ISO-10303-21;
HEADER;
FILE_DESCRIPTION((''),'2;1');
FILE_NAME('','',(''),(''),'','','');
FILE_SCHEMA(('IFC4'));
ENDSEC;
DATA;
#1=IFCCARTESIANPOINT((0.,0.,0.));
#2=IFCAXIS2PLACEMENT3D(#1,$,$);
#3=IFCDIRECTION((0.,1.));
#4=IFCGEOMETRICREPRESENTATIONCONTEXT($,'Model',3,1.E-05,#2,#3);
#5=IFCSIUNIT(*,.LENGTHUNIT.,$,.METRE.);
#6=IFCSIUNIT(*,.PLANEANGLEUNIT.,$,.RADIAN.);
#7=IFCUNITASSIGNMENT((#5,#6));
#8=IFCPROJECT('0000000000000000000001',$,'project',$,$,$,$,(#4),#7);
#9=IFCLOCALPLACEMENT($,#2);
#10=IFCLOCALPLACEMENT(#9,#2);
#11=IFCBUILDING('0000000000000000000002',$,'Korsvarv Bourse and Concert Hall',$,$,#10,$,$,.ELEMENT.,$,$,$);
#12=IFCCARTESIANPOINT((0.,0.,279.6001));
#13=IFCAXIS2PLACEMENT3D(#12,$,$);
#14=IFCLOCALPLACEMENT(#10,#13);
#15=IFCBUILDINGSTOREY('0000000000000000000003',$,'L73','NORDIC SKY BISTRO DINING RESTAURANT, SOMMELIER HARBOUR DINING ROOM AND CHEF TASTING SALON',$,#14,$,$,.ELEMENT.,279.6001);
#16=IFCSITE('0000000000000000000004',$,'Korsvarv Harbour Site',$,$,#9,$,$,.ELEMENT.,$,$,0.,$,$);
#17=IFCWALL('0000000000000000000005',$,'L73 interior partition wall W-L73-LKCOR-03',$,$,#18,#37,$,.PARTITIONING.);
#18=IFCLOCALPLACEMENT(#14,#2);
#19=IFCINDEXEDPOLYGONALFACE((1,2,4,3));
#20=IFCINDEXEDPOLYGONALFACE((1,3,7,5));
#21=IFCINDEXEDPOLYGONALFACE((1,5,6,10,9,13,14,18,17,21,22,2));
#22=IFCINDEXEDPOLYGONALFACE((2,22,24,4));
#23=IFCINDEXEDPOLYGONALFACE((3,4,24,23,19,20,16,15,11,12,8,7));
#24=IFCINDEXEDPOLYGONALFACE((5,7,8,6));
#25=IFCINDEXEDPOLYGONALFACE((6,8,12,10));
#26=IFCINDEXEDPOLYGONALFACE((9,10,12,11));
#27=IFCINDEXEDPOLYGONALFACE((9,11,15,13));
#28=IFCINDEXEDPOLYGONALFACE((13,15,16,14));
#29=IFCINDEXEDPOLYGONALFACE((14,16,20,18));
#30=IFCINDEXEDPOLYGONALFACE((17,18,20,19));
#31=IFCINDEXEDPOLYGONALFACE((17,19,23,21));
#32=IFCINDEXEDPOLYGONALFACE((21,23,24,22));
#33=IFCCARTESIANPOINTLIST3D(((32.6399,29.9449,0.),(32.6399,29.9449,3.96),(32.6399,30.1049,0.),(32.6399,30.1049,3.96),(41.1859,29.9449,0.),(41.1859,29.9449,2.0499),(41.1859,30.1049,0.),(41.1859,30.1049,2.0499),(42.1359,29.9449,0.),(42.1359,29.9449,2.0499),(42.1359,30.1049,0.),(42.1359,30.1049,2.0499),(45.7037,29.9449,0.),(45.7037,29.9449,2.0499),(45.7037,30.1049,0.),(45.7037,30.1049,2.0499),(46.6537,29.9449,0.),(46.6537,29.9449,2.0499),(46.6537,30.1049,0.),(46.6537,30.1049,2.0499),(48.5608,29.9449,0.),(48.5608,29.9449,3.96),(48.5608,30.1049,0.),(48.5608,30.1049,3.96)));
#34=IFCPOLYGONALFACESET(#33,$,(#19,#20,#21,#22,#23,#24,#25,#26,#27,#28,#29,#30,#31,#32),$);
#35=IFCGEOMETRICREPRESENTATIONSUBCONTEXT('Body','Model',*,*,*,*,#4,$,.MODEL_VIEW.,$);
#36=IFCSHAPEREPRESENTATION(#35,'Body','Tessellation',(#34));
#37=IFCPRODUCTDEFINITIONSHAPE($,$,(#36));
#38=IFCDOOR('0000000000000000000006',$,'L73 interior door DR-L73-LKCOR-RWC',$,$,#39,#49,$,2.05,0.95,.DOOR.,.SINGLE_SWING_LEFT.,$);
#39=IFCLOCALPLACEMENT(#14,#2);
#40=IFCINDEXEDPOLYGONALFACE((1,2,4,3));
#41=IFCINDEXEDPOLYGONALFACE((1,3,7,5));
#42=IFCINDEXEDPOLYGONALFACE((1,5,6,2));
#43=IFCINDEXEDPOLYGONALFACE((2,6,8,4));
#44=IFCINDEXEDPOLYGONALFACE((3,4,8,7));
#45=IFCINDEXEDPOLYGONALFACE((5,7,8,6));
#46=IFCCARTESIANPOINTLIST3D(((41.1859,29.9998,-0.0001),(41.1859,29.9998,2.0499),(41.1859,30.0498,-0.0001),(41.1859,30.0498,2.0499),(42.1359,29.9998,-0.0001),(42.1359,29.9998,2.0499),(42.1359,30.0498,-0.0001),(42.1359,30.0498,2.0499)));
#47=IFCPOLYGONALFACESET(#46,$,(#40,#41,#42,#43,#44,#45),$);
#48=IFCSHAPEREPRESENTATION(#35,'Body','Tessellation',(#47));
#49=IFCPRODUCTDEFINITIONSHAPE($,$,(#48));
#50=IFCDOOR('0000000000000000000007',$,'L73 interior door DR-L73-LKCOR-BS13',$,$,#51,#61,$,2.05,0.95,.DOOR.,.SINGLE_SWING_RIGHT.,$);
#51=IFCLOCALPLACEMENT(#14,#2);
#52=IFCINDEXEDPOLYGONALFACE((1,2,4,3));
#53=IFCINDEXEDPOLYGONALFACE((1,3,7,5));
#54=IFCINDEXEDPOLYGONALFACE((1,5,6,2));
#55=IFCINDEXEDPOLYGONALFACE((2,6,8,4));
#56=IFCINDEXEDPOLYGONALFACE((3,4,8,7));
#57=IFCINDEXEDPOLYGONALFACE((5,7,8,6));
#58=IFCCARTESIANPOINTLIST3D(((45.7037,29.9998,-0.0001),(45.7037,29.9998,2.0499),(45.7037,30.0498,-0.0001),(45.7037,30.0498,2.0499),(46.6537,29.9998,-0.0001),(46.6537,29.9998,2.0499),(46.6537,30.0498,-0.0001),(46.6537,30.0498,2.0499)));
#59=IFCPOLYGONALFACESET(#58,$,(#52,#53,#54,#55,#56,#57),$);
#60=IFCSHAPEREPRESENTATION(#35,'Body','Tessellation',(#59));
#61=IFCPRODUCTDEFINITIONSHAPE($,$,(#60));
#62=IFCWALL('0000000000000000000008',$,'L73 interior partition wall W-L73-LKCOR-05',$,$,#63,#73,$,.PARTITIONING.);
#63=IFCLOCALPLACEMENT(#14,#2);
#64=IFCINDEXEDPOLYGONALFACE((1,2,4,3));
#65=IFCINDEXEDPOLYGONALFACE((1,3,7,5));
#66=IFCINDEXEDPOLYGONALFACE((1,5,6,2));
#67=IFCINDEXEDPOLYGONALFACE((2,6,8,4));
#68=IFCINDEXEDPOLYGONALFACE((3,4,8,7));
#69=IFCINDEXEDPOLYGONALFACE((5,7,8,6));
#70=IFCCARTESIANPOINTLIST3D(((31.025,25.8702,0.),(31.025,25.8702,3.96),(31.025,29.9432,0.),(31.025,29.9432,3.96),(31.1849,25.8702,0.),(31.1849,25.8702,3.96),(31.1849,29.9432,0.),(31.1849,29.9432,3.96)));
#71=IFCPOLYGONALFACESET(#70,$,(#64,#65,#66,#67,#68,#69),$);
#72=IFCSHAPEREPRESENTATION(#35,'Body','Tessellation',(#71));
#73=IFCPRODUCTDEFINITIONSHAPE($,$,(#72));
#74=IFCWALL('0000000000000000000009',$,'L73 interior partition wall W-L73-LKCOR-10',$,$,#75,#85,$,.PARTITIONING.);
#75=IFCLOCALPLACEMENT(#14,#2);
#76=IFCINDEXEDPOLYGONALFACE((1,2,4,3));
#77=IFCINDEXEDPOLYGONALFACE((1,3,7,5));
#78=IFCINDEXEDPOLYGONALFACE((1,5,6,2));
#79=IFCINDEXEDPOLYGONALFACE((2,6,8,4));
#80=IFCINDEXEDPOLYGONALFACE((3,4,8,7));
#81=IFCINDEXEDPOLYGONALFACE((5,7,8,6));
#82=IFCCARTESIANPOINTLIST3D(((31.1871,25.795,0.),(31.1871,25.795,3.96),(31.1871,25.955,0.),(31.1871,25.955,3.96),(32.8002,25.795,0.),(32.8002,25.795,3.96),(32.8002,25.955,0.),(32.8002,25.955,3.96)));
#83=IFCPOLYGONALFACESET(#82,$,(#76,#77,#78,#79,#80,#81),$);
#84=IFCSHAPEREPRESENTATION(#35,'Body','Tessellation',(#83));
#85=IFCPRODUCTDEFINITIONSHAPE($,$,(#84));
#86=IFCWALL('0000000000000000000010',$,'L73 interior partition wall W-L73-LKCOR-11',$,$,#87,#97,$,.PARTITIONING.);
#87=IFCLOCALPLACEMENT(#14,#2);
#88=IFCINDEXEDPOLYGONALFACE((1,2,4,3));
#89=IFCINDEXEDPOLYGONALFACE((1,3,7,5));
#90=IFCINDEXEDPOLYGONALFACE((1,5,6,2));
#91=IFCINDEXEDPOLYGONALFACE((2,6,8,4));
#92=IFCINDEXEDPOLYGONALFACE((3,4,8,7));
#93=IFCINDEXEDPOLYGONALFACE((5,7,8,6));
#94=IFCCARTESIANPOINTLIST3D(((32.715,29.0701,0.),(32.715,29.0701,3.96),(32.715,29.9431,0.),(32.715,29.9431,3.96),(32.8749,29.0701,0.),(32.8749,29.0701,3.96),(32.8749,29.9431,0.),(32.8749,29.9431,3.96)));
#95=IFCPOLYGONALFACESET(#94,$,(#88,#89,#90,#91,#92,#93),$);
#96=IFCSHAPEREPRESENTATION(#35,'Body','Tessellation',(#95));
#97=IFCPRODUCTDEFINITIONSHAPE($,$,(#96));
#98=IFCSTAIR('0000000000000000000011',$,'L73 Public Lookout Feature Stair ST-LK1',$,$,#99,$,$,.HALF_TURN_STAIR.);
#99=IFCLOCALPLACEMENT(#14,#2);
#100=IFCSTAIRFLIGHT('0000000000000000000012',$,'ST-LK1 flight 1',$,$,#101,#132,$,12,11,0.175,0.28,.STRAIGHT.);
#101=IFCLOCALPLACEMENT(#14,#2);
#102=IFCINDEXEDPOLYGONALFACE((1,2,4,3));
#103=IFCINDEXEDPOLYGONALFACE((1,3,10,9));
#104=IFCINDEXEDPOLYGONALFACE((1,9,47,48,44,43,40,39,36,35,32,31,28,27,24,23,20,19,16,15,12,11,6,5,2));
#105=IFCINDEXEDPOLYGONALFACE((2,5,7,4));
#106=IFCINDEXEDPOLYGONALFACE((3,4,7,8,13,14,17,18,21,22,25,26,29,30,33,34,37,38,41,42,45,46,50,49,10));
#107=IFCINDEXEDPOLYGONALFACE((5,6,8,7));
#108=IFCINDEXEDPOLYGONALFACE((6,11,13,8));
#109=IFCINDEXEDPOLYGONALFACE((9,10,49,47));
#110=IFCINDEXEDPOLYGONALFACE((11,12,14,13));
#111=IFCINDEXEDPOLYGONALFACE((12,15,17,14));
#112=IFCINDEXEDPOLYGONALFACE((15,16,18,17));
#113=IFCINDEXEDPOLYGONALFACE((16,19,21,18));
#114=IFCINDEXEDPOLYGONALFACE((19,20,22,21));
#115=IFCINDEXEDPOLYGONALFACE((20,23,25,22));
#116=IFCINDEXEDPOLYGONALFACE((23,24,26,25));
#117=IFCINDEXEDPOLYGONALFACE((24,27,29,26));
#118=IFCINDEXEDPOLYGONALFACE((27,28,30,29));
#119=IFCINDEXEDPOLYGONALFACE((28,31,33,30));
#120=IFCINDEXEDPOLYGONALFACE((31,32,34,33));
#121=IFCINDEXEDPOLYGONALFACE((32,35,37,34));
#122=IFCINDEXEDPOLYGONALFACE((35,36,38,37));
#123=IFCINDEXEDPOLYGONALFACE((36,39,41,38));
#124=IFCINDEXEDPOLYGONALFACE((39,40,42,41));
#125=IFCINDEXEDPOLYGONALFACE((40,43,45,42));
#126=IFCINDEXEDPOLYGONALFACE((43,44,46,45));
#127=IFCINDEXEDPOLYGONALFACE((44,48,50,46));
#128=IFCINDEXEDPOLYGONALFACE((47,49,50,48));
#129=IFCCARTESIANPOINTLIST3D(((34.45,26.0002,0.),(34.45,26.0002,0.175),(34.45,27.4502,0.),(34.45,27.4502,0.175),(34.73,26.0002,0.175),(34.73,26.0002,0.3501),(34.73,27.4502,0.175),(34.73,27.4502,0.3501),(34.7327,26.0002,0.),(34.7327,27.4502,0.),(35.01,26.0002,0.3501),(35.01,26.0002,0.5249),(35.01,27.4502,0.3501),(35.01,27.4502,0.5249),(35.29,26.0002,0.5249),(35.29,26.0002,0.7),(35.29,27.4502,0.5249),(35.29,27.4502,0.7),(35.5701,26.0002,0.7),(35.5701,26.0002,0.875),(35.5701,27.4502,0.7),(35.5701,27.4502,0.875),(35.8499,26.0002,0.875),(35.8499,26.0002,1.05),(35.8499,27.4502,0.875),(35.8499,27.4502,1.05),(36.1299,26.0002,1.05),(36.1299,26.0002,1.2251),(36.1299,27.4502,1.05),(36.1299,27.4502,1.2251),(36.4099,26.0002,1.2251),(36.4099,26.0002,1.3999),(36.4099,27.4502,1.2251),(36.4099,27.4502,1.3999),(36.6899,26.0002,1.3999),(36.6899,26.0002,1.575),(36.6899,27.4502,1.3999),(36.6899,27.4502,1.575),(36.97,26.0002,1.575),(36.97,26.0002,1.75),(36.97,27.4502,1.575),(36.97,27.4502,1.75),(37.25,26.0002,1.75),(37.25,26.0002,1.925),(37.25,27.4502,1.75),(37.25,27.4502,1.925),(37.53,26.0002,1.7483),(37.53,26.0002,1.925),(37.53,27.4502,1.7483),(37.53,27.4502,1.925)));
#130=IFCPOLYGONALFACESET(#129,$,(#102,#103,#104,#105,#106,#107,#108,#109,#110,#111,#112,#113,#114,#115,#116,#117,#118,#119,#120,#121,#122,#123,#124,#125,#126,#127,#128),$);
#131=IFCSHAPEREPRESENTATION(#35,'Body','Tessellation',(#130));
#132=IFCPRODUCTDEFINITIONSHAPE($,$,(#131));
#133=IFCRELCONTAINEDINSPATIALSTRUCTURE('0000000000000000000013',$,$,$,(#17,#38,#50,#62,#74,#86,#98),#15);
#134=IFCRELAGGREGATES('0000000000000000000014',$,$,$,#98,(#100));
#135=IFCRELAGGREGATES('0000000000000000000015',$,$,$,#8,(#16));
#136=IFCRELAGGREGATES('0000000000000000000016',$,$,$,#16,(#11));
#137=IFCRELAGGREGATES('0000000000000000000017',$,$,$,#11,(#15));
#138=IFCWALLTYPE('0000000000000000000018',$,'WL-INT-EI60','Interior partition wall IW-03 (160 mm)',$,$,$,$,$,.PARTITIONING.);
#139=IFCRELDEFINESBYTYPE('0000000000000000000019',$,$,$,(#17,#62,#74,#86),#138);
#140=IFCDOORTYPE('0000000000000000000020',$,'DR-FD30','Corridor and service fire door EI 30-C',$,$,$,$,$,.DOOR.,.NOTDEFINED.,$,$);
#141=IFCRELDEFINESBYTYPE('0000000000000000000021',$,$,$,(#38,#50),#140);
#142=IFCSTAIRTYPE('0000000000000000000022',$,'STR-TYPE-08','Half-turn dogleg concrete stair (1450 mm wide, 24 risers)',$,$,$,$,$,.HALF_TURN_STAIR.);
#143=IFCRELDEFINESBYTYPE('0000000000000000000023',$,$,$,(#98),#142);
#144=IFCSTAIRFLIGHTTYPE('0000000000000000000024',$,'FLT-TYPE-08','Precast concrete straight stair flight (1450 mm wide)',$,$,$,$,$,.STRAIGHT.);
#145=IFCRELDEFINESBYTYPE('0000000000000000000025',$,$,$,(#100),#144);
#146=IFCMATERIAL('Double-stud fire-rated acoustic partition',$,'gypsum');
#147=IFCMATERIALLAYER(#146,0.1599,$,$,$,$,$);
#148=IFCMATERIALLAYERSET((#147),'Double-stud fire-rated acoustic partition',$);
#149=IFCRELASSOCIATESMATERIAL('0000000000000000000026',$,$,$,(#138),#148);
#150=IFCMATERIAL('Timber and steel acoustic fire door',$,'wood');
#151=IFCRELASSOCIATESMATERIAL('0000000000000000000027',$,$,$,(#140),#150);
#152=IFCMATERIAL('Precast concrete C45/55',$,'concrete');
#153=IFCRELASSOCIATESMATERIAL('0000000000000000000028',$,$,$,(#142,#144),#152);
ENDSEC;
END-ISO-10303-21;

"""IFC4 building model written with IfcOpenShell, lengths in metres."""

from ifc_helpers import new_model, si_unit, direction, frame, frame_2d, origin, place, context, subcontext, project, spatial, polyline, rectangle, outline, extrude, material, layer, layer_set, type_object, element, fill, aggregate, save


model = new_model("IFC4")

# Units and contexts
model_context = context("Model", 3, precision=1e-05, world=origin(), true_north=direction((0.0, 1.0)))
body_context = subcontext(model_context, "Body", "Model", "MODEL_VIEW")
ifc_project = project(units=[si_unit("LENGTHUNIT", "METRE"), si_unit("PLANEANGLEUNIT", "RADIAN")], contexts=[model_context])

# Site, building, storey
site_placement = place(None, origin())
site = spatial("IfcSite", under=ifc_project, at=site_placement, Name="Korsvarv Harbour Site", CompositionType="ELEMENT", RefElevation=0.0)
building_placement = place(site_placement, origin())
building = spatial("IfcBuilding", under=site, at=building_placement, Name="Korsvarv Bourse and Concert Hall", CompositionType="ELEMENT")
storey_placement = place(building_placement, frame((0.0, 0.0, 279.6001)))
storey = spatial("IfcBuildingStorey", under=building, at=storey_placement, Name="L73", Description="NORDIC SKY BISTRO DINING RESTAURANT, SOMMELIER HARBOUR DINING ROOM AND CHEF TASTING SALON", CompositionType="ELEMENT", Elevation=279.6001)

# Wall, openings, doors
ifc_material_1 = material(Name="Double-stud fire-rated acoustic partition", Category="gypsum")
ifc_layer_1 = layer(ifc_material_1, 0.1599)
ifc_layer_set_1 = layer_set([ifc_layer_1], Name="Double-stud fire-rated acoustic partition")
wall_type_1 = type_object("IfcWallType", Name="WL-INT-EI60", Description="Interior partition wall IW-03 (160 mm)", PredefinedType="PARTITIONING", material=ifc_layer_set_1)
wall_1_placement = place(storey_placement, frame((32.6399, 30.0249, 0.0), z_axis=(0.0, 0.0, 1.0), x_axis=(1.0, 0.0, 0.0)))
wall_1 = element("IfcWall", 1, at=wall_1_placement, inside=storey, type_object=wall_type_1, Name="L73 interior partition wall W-L73-LKCOR-03", PredefinedType="PARTITIONING", context=body_context, shape_type="SweptSolid", body=[
    extrude(rectangle(XDim=15.9209, YDim=0.1599, at=frame_2d((7.9604, 0.0))), origin(), (0.0, 0.0, 1.0), 3.96),
])
opening_1_placement = place(wall_1_placement, frame((8.5459, 0.0, 0.0)))
opening_1 = element("IfcOpeningElement", 2, at=opening_1_placement, cuts=wall_1, PredefinedType="OPENING", context=body_context, shape_type="SweptSolid", body=[
    extrude(rectangle(XDim=0.95, YDim=2.05, at=frame_2d((0.4751, 1.0249))), frame((0.0, 0.0898, 0.0), z_axis=(0.0, -1.0, 0.0), x_axis=(1.0, 0.0, 0.0)), (0.0, 0.0, 1.0), 0.1799),
])
opening_2_placement = place(wall_1_placement, frame((13.0637, 0.0, 0.0)))
opening_2 = element("IfcOpeningElement", 3, at=opening_2_placement, cuts=wall_1, PredefinedType="OPENING", context=body_context, shape_type="SweptSolid", body=[
    extrude(rectangle(XDim=0.95, YDim=2.05, at=frame_2d((0.4751, 1.0249))), frame((0.0, 0.0898, 0.0), z_axis=(0.0, -1.0, 0.0), x_axis=(1.0, 0.0, 0.0)), (0.0, 0.0, 1.0), 0.1799),
])
ifc_material_2 = material(Name="Timber and steel acoustic fire door", Category="wood")
door_type_1 = type_object("IfcDoorType", Name="DR-FD30", Description="Corridor and service fire door EI 30-C", OperationType="NOTDEFINED", PredefinedType="DOOR", material=ifc_material_2)
door_1_placement = place(opening_1_placement, origin())
door_1 = element("IfcDoor", 4, at=door_1_placement, inside=storey, type_object=door_type_1, Name="L73 interior door DR-L73-LKCOR-RWC", OperationType="SINGLE_SWING_LEFT", OverallHeight=2.05, OverallWidth=0.95, PredefinedType="DOOR", context=body_context, shape_type="SweptSolid", body=[
    extrude(rectangle(XDim=0.95, YDim=2.05, at=frame_2d((0.4751, 1.0249))), frame((0.0, 0.0249, 0.0), z_axis=(0.0, -1.0, 0.0), x_axis=(1.0, 0.0, 0.0)), (0.0, 0.0, 1.0), 0.05),
])
fill(opening_1, door_1)
door_2_placement = place(opening_2_placement, origin())
door_2 = element("IfcDoor", 5, at=door_2_placement, inside=storey, type_object=door_type_1, Name="L73 interior door DR-L73-LKCOR-BS13", OperationType="SINGLE_SWING_RIGHT", OverallHeight=2.05, OverallWidth=0.95, PredefinedType="DOOR", context=body_context, shape_type="SweptSolid", body=[
    extrude(rectangle(XDim=0.95, YDim=2.05, at=frame_2d((0.4751, 1.0249))), frame((0.0, 0.0249, 0.0), z_axis=(0.0, -1.0, 0.0), x_axis=(1.0, 0.0, 0.0)), (0.0, 0.0, 1.0), 0.05),
])
fill(opening_2, door_2)

# Walls
wall_2_placement = place(storey_placement, frame((31.105, 25.8701, 0.0), z_axis=(0.0, 0.0, 1.0), x_axis=(0.0, 1.0, 0.0)))
element("IfcWall", 6, at=wall_2_placement, inside=storey, type_object=wall_type_1, Name="L73 interior partition wall W-L73-LKCOR-05", PredefinedType="PARTITIONING", context=body_context, shape_type="SweptSolid", body=[
    extrude(rectangle(XDim=4.073, YDim=0.1599, at=frame_2d((2.0366, 0.0))), origin(), (0.0, 0.0, 1.0), 3.96),
])
wall_3_placement = place(storey_placement, frame((31.187, 25.875, 0.0), z_axis=(0.0, 0.0, 1.0), x_axis=(1.0, 0.0, 0.0)))
element("IfcWall", 7, at=wall_3_placement, inside=storey, type_object=wall_type_1, Name="L73 interior partition wall W-L73-LKCOR-10", PredefinedType="PARTITIONING", context=body_context, shape_type="SweptSolid", body=[
    extrude(rectangle(XDim=1.613, YDim=0.1599, at=frame_2d((0.8066, 0.0))), origin(), (0.0, 0.0, 1.0), 3.96),
])
wall_4_placement = place(storey_placement, frame((32.7949, 29.0701, 0.0), z_axis=(0.0, 0.0, 1.0), x_axis=(0.0, 1.0, 0.0)))
element("IfcWall", 8, at=wall_4_placement, inside=storey, type_object=wall_type_1, Name="L73 interior partition wall W-L73-LKCOR-11", PredefinedType="PARTITIONING", context=body_context, shape_type="SweptSolid", body=[
    extrude(rectangle(XDim=0.873, YDim=0.1599, at=frame_2d((0.4365, 0.0))), origin(), (0.0, 0.0, 1.0), 3.96),
])

# Stair, stair flight
ifc_material_3 = material(Name="Precast concrete C45/55", Category="concrete")
stair_type = type_object("IfcStairType", Name="STR-TYPE-08", Description="Half-turn dogleg concrete stair (1450 mm wide, 24 risers)", PredefinedType="HALF_TURN_STAIR", material=ifc_material_3)
stair_placement = place(storey_placement, origin())
stair = element("IfcStair", 9, at=stair_placement, inside=storey, type_object=stair_type, Name="L73 Public Lookout Feature Stair ST-LK1", PredefinedType="HALF_TURN_STAIR")
stair_flight_type = type_object("IfcStairFlightType", Name="FLT-TYPE-08", Description="Precast concrete straight stair flight (1450 mm wide)", PredefinedType="STRAIGHT", material=ifc_material_3)
stair_flight_placement = place(storey_placement, frame((34.45, 26.7251, 0.0), z_axis=(0.0, 0.0, 1.0), x_axis=(1.0, 0.0, 0.0)))
stair_flight = element("IfcStairFlight", 10, at=stair_flight_placement, type_object=stair_flight_type, Name="ST-LK1 flight 1", NumberOfRisers=12, NumberOfTreads=11, PredefinedType="STRAIGHT", RiserHeight=0.175, TreadLength=0.28, context=body_context, shape_type="SweptSolid", body=[
    extrude(outline(polyline([(0.0, 0.0), (0.0, 0.175), (0.28, 0.175), (0.28, 0.3501), (0.5601, 0.3501), (0.5601, 0.5249), (0.8401, 0.5249), (0.8401, 0.7), (1.1201, 0.7), (1.1201, 0.875), (1.3999, 0.875), (1.3999, 1.05), (1.6799, 1.05), (1.6799, 1.2251), (1.96, 1.2251), (1.96, 1.3999), (2.24, 1.3999), (2.24, 1.575), (2.52, 1.575), (2.52, 1.75), (2.8, 1.75), (2.8, 1.925), (3.0801, 1.925), (3.0801, 2.1001), (3.0801, 1.7483), (0.2827, 0.0), (0.0, 0.0)])), frame((0.0, 0.7251, 0.0), z_axis=(0.0, -1.0, 0.0), x_axis=(1.0, 0.0, 0.0)), (0.0, 0.0, 1.0), 1.45),
])
aggregate(stair, [stair_flight])

save(model, "model.ifc")
